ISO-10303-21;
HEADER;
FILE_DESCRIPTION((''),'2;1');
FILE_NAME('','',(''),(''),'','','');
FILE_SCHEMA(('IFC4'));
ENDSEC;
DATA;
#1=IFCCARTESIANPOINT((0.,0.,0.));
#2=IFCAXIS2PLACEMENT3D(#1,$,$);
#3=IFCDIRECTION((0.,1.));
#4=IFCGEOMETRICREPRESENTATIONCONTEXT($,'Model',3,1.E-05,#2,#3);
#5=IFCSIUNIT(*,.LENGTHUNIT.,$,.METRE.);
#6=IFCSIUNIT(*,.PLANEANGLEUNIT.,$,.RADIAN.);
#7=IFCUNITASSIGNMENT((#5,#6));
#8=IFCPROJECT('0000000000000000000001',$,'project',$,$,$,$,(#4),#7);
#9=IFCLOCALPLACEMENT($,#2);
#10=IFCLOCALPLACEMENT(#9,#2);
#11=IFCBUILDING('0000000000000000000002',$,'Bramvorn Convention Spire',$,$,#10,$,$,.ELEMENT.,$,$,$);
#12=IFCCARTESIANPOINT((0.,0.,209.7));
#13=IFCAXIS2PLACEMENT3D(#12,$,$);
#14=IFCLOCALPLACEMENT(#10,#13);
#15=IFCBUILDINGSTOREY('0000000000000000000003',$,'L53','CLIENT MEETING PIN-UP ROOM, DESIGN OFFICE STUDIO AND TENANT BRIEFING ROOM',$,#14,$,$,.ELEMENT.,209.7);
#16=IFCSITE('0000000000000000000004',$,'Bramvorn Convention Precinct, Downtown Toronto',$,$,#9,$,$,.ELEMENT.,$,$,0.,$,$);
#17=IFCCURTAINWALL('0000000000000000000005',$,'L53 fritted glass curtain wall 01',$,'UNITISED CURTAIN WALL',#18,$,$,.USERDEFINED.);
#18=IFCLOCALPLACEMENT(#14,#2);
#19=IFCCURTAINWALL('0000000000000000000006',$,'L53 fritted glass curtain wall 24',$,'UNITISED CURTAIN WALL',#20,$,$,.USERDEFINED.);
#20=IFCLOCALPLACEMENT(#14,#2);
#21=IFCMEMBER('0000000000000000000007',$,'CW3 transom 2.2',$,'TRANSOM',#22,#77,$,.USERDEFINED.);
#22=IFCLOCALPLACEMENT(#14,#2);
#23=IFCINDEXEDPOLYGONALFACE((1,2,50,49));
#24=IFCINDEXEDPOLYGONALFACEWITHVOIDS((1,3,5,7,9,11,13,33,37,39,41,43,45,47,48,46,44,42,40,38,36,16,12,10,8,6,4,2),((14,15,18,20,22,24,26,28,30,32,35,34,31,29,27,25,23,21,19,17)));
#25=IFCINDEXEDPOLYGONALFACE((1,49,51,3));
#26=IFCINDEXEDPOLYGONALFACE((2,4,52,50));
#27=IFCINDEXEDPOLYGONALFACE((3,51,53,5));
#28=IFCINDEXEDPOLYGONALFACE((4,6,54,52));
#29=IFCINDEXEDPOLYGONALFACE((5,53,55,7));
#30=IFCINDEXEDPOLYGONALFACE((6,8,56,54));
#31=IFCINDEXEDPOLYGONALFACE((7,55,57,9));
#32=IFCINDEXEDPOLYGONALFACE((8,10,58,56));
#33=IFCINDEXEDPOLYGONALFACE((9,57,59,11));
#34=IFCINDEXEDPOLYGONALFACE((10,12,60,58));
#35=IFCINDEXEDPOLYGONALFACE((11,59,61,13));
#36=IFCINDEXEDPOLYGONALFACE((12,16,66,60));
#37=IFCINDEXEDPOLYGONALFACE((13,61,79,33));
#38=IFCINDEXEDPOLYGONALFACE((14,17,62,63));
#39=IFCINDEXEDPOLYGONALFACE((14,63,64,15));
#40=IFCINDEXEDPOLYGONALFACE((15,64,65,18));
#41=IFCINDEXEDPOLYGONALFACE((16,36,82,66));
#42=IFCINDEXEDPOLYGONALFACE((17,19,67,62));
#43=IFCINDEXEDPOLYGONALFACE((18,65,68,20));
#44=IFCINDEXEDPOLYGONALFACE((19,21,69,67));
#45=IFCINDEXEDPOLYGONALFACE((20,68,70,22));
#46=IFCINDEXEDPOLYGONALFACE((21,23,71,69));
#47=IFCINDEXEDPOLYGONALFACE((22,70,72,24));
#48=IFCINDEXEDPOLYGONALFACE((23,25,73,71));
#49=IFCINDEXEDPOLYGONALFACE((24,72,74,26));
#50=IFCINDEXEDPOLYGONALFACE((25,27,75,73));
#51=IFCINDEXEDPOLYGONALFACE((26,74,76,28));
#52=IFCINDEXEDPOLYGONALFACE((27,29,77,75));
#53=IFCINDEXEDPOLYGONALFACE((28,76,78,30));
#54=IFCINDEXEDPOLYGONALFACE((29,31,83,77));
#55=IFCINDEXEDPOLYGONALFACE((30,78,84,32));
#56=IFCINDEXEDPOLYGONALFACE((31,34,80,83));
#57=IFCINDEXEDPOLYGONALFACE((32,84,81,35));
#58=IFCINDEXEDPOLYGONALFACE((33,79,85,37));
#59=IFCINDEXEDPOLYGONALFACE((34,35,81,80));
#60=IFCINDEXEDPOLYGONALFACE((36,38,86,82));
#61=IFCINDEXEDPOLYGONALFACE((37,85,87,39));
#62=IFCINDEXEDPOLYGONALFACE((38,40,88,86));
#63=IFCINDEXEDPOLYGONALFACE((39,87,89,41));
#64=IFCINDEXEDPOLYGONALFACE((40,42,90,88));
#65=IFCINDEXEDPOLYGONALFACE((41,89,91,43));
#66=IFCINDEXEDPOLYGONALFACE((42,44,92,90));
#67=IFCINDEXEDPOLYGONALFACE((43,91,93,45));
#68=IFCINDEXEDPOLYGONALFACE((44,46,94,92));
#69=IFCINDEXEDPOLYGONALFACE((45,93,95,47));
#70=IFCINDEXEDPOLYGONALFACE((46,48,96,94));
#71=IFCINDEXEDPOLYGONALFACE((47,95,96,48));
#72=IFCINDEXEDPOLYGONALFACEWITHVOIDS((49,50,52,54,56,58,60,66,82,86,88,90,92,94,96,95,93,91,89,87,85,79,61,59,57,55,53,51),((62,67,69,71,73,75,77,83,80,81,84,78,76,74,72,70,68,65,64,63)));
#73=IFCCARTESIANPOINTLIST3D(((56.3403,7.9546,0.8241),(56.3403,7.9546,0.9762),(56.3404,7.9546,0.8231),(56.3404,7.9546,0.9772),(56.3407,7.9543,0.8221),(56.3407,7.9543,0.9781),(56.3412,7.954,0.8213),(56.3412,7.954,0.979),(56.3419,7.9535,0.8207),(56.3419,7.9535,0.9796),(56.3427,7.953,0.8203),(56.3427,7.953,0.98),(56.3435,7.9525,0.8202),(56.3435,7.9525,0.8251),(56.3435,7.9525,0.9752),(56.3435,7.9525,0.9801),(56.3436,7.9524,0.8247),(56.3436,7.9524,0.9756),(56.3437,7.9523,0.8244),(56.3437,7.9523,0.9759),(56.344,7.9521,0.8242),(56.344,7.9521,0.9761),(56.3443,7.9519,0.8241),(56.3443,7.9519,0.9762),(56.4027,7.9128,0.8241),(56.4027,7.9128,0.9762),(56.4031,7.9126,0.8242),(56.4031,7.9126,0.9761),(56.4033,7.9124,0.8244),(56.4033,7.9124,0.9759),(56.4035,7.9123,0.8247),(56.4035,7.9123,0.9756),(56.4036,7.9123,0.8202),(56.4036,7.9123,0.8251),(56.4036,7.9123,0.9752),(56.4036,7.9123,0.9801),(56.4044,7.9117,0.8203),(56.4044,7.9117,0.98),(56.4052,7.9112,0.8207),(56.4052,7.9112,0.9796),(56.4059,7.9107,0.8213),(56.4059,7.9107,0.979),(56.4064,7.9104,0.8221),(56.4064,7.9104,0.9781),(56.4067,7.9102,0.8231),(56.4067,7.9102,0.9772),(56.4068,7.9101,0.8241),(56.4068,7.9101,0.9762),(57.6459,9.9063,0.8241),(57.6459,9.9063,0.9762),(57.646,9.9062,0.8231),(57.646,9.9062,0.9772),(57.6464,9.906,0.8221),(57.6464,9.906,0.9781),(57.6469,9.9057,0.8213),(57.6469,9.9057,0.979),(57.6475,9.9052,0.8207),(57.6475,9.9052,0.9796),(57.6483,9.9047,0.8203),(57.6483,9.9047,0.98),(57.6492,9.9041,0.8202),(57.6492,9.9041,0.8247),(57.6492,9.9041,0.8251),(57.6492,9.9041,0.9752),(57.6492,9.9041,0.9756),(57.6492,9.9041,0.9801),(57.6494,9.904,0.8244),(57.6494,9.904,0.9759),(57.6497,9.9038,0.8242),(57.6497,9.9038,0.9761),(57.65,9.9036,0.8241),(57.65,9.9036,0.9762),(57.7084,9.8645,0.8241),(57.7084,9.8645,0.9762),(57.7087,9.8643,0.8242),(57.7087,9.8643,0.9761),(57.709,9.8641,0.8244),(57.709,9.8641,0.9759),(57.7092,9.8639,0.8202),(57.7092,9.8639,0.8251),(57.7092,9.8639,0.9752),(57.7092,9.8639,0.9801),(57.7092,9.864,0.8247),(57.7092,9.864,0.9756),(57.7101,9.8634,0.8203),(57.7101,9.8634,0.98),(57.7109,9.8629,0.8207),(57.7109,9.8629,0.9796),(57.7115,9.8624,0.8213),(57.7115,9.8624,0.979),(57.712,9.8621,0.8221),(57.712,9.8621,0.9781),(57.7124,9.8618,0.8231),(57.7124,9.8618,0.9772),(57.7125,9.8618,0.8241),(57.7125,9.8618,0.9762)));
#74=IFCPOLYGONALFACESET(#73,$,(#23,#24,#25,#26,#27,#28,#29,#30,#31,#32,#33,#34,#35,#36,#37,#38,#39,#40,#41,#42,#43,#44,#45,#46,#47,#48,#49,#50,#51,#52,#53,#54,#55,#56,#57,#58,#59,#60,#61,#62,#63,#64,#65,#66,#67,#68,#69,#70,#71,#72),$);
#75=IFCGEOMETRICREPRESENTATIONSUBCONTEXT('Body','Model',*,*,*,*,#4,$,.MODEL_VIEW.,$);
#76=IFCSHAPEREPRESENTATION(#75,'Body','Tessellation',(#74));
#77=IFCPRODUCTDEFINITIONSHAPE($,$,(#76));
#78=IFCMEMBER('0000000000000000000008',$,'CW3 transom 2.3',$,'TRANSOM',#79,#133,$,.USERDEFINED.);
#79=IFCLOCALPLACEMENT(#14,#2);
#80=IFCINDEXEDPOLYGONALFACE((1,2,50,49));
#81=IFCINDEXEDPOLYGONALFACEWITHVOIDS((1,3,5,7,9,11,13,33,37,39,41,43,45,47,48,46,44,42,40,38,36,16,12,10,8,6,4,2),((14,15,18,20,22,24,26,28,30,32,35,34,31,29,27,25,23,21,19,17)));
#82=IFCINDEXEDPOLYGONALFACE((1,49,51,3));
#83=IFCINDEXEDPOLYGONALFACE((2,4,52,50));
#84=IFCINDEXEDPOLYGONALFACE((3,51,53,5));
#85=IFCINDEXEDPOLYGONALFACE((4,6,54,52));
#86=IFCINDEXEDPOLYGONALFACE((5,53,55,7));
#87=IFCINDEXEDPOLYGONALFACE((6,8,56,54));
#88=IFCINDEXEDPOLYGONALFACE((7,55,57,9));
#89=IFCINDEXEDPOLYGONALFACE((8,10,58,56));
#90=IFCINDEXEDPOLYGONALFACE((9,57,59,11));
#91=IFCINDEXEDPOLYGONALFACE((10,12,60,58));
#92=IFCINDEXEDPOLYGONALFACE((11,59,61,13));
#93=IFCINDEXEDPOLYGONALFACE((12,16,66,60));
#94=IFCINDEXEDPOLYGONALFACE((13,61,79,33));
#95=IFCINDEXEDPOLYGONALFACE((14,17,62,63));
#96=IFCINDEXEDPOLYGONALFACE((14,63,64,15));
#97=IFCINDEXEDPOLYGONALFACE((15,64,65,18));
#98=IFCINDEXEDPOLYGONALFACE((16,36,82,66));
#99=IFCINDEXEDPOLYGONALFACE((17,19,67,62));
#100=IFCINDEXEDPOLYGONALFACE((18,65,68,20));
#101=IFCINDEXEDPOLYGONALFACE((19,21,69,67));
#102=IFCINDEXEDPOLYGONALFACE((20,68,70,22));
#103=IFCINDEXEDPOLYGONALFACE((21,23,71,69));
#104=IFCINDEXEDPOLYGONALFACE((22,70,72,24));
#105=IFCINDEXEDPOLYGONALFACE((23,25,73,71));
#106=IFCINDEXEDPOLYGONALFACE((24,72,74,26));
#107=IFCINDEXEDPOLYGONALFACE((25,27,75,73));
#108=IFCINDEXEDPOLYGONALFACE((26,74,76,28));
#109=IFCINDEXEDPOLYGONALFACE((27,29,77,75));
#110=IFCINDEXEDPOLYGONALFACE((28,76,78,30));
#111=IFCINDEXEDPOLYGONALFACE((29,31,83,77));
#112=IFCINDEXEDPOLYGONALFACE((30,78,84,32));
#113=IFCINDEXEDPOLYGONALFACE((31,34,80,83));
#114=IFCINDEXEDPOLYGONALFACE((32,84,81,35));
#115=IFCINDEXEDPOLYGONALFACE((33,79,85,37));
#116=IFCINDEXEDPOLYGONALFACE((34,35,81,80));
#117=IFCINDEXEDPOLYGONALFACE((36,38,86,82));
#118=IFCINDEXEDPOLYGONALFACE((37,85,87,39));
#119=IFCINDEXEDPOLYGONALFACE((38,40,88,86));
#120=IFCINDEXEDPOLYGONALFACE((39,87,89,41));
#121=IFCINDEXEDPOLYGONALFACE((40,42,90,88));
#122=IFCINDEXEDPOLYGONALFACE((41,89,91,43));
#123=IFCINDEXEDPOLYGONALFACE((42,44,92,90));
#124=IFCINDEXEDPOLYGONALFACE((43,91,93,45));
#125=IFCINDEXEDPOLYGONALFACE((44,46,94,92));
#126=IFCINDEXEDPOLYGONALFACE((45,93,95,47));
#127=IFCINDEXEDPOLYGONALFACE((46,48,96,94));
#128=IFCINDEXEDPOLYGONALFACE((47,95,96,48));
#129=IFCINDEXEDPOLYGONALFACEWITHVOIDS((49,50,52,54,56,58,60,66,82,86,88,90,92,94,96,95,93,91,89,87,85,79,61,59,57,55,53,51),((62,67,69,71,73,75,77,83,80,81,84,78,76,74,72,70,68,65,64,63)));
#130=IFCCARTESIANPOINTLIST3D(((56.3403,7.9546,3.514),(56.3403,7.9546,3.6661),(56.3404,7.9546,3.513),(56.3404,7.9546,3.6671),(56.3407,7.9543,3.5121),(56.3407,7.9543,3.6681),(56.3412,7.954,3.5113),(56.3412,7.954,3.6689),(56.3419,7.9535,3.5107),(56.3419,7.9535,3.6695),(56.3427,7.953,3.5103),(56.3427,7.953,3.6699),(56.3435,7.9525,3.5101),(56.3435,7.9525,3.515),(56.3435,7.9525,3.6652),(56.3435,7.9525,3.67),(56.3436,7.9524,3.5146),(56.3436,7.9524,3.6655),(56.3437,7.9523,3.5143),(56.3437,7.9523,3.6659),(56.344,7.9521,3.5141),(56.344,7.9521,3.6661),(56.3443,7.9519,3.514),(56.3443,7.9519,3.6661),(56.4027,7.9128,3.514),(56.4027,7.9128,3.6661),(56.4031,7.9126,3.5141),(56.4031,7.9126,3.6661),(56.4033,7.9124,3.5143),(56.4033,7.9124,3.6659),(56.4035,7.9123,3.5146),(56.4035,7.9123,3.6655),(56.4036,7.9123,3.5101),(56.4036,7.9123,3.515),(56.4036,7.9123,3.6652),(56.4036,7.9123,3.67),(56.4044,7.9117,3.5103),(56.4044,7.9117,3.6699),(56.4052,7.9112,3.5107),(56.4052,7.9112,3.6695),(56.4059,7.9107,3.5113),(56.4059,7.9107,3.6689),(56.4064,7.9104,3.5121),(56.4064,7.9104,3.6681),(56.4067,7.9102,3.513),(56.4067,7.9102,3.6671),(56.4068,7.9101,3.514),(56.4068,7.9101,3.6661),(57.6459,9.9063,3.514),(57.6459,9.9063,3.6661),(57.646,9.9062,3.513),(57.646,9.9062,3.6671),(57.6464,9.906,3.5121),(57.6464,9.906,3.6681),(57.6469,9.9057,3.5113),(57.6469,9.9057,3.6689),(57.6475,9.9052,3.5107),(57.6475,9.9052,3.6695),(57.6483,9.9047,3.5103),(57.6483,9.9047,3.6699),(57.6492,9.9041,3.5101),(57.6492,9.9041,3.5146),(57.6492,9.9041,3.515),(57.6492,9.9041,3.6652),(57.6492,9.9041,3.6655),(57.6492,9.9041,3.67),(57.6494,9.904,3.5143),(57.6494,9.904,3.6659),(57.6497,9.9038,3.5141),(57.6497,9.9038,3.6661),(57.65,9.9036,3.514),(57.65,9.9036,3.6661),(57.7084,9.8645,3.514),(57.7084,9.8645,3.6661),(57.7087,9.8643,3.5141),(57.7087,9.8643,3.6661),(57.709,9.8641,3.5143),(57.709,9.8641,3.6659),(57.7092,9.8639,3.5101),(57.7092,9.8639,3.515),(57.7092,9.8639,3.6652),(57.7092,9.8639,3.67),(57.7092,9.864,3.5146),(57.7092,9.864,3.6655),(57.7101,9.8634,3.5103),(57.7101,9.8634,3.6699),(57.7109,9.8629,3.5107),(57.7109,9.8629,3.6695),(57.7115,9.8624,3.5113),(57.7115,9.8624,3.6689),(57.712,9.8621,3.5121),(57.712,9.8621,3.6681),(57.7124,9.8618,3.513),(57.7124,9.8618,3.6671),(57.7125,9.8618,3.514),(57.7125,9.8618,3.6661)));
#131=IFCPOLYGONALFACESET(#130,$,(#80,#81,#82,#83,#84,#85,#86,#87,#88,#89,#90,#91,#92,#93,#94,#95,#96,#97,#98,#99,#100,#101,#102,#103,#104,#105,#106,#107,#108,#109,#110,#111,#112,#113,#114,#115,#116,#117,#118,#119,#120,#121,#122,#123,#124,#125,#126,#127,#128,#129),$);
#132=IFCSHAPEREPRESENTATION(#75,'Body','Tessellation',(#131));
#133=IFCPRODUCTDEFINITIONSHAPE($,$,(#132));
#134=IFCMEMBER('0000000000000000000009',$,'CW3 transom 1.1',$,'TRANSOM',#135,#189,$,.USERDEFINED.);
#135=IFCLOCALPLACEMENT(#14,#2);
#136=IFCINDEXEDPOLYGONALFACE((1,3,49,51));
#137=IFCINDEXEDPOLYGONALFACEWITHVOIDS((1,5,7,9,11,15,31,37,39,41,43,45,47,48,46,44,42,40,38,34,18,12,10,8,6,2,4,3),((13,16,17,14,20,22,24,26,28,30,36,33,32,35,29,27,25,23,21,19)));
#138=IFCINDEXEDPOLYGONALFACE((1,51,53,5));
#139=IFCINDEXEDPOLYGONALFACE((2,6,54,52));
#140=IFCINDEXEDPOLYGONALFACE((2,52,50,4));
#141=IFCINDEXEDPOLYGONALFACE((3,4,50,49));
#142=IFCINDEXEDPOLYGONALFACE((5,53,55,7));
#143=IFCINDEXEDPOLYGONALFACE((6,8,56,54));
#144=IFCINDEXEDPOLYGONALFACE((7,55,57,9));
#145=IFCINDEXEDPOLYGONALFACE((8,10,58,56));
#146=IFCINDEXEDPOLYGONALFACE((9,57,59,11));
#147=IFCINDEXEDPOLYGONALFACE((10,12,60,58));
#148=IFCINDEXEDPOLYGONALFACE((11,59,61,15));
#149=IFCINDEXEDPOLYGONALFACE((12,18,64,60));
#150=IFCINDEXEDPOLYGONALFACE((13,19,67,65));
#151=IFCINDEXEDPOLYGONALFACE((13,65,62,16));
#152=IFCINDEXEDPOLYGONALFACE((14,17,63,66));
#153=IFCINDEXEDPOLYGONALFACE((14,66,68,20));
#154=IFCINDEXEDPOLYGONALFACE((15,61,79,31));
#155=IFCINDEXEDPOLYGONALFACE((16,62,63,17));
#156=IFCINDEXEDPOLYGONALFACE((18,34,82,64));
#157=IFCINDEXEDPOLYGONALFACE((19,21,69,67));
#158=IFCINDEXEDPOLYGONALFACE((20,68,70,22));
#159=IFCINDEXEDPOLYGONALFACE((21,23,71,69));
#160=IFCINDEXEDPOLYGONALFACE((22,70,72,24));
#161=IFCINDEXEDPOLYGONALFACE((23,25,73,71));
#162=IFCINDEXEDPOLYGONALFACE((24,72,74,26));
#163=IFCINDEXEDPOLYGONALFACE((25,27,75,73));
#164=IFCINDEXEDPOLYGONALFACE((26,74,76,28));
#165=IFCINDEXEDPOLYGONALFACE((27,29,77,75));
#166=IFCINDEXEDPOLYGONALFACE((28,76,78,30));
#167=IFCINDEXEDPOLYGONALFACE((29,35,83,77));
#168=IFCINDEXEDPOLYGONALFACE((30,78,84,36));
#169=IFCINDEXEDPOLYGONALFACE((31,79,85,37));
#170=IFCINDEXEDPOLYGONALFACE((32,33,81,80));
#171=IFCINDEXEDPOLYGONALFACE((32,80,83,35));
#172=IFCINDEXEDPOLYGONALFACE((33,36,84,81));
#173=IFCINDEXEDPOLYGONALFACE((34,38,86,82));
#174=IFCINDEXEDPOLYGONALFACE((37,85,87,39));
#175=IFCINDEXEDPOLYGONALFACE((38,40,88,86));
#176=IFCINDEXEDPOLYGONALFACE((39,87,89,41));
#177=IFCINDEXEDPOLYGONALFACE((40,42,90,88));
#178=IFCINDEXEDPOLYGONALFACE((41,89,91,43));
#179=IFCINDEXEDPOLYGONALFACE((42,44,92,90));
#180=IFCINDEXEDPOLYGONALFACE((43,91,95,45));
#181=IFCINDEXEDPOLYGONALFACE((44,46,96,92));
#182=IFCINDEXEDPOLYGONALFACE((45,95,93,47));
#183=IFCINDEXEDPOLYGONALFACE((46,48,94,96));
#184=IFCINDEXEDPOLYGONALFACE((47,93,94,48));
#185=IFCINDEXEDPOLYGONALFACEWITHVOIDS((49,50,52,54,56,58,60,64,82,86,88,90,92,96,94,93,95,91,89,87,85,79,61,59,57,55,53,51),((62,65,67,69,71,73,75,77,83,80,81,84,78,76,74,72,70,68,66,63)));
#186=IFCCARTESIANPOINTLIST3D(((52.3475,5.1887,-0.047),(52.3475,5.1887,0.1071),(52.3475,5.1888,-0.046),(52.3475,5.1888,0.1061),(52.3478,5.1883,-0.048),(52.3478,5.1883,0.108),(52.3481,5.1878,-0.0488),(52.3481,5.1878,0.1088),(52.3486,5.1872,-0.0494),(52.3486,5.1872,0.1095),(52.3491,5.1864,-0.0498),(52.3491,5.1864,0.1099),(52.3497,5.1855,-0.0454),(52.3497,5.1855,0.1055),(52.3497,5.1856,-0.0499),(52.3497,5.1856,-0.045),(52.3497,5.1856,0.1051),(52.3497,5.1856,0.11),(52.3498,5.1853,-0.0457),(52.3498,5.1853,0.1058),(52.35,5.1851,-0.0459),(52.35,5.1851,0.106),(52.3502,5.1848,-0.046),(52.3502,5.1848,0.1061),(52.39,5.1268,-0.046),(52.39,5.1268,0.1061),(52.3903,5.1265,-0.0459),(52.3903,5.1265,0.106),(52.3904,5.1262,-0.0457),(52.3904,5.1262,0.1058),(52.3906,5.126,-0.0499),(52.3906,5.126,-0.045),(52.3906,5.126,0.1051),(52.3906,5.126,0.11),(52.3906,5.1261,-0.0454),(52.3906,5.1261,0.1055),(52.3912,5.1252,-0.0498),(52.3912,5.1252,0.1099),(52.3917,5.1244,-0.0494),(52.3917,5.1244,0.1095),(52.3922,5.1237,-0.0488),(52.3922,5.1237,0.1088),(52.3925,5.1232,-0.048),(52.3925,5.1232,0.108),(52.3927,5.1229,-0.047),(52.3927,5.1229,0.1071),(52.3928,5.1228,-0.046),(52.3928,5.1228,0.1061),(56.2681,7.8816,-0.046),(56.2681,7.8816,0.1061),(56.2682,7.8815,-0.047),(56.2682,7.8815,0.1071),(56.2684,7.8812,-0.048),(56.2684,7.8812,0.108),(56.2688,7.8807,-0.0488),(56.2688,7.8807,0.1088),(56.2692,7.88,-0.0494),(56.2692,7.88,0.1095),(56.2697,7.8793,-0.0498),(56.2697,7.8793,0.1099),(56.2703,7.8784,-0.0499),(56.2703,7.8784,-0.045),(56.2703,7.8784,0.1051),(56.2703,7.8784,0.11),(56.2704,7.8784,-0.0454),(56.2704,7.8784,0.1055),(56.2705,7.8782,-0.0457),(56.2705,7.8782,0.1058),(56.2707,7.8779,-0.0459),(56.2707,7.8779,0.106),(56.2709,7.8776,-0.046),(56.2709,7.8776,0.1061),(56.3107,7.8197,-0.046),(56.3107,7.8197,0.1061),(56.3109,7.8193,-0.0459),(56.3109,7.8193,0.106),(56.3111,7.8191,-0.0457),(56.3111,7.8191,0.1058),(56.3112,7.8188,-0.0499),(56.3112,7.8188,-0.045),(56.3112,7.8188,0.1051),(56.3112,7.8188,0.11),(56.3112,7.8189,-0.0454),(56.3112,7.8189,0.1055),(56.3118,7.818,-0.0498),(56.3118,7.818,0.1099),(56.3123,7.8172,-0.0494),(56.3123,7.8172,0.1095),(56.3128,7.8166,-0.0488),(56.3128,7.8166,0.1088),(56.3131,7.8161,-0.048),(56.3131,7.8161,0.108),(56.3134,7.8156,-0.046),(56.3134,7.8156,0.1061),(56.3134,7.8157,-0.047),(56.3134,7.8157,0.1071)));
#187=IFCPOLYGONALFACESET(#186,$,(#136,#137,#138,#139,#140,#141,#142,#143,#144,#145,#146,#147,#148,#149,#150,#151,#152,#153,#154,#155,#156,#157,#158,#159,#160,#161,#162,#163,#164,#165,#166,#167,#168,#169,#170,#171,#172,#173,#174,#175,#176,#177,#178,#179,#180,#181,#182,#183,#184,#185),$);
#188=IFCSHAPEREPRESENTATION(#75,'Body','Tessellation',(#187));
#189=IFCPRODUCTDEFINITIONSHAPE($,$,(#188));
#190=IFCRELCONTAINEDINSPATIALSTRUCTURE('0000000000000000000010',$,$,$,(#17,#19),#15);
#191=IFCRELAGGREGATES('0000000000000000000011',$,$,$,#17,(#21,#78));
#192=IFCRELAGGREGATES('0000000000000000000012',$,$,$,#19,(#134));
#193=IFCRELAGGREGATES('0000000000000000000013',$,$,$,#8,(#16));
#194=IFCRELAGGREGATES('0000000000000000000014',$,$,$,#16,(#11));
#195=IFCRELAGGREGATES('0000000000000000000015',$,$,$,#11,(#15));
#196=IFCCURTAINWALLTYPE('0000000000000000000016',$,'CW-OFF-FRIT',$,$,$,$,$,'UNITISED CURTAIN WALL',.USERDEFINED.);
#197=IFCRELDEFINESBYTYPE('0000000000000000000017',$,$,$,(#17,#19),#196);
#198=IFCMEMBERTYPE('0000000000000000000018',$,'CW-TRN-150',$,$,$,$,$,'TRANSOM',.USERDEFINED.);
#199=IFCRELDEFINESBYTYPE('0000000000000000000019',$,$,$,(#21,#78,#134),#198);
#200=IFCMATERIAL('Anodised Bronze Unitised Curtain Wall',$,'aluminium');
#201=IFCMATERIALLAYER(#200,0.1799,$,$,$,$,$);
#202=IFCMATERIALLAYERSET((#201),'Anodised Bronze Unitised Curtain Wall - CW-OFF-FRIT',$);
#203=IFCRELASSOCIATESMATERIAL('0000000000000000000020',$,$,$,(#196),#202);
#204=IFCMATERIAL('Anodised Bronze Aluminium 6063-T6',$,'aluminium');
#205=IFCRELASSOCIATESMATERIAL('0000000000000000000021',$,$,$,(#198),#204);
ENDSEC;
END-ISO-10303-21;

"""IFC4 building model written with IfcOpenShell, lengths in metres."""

from ifc_helpers import new_model, si_unit, direction, frame, origin, origin_2d, place, context, subcontext, project, spatial, hollow_rectangle, extrude, material, layer, layer_set, material_profile, profile_set, type_object, element, aggregate, save


model = new_model("IFC4")

# Units and contexts
model_context = context("Model", 3, precision=1e-05, world=origin(), true_north=direction((0.0, 1.0)))
body_context = subcontext(model_context, "Body", "Model", "MODEL_VIEW")
ifc_project = project(units=[si_unit("LENGTHUNIT", "METRE"), si_unit("PLANEANGLEUNIT", "RADIAN")], contexts=[model_context])

# Site, building, storey
site_placement = place(None, origin())
site = spatial("IfcSite", under=ifc_project, at=site_placement, Name="Bramvorn Convention Precinct, Downtown Toronto", CompositionType="ELEMENT", RefElevation=0.0)
building_placement = place(site_placement, origin())
building = spatial("IfcBuilding", under=site, at=building_placement, Name="Bramvorn Convention Spire", CompositionType="ELEMENT")
storey_placement = place(building_placement, frame((0.0, 0.0, 209.7)))
storey = spatial("IfcBuildingStorey", under=building, at=storey_placement, Name="L53", Description="CLIENT MEETING PIN-UP ROOM, DESIGN OFFICE STUDIO AND TENANT BRIEFING ROOM", CompositionType="ELEMENT", Elevation=209.7)

# Curtain walls
ifc_material_1 = material(Name="Anodised Bronze Unitised Curtain Wall", Category="aluminium")
ifc_layer_1 = layer(ifc_material_1, 0.1799)
ifc_layer_set_1 = layer_set([ifc_layer_1], Name="Anodised Bronze Unitised Curtain Wall - CW-OFF-FRIT")
curtain_wall_type = type_object("IfcCurtainWallType", Name="CW-OFF-FRIT", ElementType="UNITISED CURTAIN WALL", PredefinedType="USERDEFINED", material=ifc_layer_set_1)
curtain_wall_1_placement = place(storey_placement, origin())
curtain_wall_1 = element("IfcCurtainWall", 1, at=curtain_wall_1_placement, inside=storey, type_object=curtain_wall_type, Name="L53 fritted glass curtain wall 01", ObjectType="UNITISED CURTAIN WALL", PredefinedType="USERDEFINED")
ifc_material_2 = material(Name="Anodised Bronze Aluminium 6063-T6", Category="aluminium")
curtain_wall_2_placement = place(storey_placement, origin())
curtain_wall_2 = element("IfcCurtainWall", 2, at=curtain_wall_2_placement, inside=storey, type_object=curtain_wall_type, Name="L53 fritted glass curtain wall 24", ObjectType="UNITISED CURTAIN WALL", PredefinedType="USERDEFINED")

# Members
ifc_material_profile_1 = material_profile(ifc_material_2, hollow_rectangle(XDim=0.0801, YDim=0.1599, WallThickness=0.0039, InnerFilletRadius=0.001, OuterFilletRadius=0.0039, at=origin_2d()))
ifc_profile_set_1 = profile_set([ifc_material_profile_1], Name="Anodised Bronze Aluminium 6063-T6 - CWT80X160")
member_type_1 = type_object("IfcMemberType", Name="CW-TRN-150", ElementType="TRANSOM", PredefinedType="USERDEFINED", material=ifc_profile_set_1)
member_1_placement = place(storey_placement, frame((57.6792, 9.884, 0.9001), z_axis=(-0.556043, -0.831153, 0.0), x_axis=(0.831153, -0.556043, 0.0)))
member_1 = element("IfcMember", 3, at=member_1_placement, type_object=member_type_1, Name="CW3 transom 2.2", ObjectType="TRANSOM", PredefinedType="USERDEFINED", context=body_context, shape_type="SweptSolid", body=[
    extrude(hollow_rectangle(XDim=0.0801, YDim=0.1599, WallThickness=0.0039, InnerFilletRadius=0.001, OuterFilletRadius=0.0039, at=origin_2d()), origin(), (0.0, 0.0, 1.0), 2.3481),
])
member_2_placement = place(storey_placement, frame((57.6792, 9.884, 3.5901), z_axis=(-0.556043, -0.831153, 0.0), x_axis=(0.831153, -0.556043, 0.0)))
member_2 = element("IfcMember", 4, at=member_2_placement, type_object=member_type_1, Name="CW3 transom 2.3", ObjectType="TRANSOM", PredefinedType="USERDEFINED", context=body_context, shape_type="SweptSolid", body=[
    extrude(hollow_rectangle(XDim=0.0801, YDim=0.1599, WallThickness=0.0039, InnerFilletRadius=0.001, OuterFilletRadius=0.0039, at=origin_2d()), origin(), (0.0, 0.0, 1.0), 2.3481),
])
member_3_placement = place(storey_placement, frame((56.2908, 7.8486, 0.03), z_axis=(-0.824295, -0.566161, 0.0), x_axis=(0.566161, -0.824295, 0.0)))
member_3 = element("IfcMember", 5, at=member_3_placement, type_object=member_type_1, Name="CW3 transom 1.1", ObjectType="TRANSOM", PredefinedType="USERDEFINED", context=body_context, shape_type="SweptSolid", body=[
    extrude(hollow_rectangle(XDim=0.0801, YDim=0.1599, WallThickness=0.0039, InnerFilletRadius=0.001, OuterFilletRadius=0.0039, at=origin_2d()), origin(), (0.0, 0.0, 1.0), 4.7563),
])

aggregate(curtain_wall_1, [member_1, member_2])
aggregate(curtain_wall_2, [member_3])

save(model, "model.ifc")
